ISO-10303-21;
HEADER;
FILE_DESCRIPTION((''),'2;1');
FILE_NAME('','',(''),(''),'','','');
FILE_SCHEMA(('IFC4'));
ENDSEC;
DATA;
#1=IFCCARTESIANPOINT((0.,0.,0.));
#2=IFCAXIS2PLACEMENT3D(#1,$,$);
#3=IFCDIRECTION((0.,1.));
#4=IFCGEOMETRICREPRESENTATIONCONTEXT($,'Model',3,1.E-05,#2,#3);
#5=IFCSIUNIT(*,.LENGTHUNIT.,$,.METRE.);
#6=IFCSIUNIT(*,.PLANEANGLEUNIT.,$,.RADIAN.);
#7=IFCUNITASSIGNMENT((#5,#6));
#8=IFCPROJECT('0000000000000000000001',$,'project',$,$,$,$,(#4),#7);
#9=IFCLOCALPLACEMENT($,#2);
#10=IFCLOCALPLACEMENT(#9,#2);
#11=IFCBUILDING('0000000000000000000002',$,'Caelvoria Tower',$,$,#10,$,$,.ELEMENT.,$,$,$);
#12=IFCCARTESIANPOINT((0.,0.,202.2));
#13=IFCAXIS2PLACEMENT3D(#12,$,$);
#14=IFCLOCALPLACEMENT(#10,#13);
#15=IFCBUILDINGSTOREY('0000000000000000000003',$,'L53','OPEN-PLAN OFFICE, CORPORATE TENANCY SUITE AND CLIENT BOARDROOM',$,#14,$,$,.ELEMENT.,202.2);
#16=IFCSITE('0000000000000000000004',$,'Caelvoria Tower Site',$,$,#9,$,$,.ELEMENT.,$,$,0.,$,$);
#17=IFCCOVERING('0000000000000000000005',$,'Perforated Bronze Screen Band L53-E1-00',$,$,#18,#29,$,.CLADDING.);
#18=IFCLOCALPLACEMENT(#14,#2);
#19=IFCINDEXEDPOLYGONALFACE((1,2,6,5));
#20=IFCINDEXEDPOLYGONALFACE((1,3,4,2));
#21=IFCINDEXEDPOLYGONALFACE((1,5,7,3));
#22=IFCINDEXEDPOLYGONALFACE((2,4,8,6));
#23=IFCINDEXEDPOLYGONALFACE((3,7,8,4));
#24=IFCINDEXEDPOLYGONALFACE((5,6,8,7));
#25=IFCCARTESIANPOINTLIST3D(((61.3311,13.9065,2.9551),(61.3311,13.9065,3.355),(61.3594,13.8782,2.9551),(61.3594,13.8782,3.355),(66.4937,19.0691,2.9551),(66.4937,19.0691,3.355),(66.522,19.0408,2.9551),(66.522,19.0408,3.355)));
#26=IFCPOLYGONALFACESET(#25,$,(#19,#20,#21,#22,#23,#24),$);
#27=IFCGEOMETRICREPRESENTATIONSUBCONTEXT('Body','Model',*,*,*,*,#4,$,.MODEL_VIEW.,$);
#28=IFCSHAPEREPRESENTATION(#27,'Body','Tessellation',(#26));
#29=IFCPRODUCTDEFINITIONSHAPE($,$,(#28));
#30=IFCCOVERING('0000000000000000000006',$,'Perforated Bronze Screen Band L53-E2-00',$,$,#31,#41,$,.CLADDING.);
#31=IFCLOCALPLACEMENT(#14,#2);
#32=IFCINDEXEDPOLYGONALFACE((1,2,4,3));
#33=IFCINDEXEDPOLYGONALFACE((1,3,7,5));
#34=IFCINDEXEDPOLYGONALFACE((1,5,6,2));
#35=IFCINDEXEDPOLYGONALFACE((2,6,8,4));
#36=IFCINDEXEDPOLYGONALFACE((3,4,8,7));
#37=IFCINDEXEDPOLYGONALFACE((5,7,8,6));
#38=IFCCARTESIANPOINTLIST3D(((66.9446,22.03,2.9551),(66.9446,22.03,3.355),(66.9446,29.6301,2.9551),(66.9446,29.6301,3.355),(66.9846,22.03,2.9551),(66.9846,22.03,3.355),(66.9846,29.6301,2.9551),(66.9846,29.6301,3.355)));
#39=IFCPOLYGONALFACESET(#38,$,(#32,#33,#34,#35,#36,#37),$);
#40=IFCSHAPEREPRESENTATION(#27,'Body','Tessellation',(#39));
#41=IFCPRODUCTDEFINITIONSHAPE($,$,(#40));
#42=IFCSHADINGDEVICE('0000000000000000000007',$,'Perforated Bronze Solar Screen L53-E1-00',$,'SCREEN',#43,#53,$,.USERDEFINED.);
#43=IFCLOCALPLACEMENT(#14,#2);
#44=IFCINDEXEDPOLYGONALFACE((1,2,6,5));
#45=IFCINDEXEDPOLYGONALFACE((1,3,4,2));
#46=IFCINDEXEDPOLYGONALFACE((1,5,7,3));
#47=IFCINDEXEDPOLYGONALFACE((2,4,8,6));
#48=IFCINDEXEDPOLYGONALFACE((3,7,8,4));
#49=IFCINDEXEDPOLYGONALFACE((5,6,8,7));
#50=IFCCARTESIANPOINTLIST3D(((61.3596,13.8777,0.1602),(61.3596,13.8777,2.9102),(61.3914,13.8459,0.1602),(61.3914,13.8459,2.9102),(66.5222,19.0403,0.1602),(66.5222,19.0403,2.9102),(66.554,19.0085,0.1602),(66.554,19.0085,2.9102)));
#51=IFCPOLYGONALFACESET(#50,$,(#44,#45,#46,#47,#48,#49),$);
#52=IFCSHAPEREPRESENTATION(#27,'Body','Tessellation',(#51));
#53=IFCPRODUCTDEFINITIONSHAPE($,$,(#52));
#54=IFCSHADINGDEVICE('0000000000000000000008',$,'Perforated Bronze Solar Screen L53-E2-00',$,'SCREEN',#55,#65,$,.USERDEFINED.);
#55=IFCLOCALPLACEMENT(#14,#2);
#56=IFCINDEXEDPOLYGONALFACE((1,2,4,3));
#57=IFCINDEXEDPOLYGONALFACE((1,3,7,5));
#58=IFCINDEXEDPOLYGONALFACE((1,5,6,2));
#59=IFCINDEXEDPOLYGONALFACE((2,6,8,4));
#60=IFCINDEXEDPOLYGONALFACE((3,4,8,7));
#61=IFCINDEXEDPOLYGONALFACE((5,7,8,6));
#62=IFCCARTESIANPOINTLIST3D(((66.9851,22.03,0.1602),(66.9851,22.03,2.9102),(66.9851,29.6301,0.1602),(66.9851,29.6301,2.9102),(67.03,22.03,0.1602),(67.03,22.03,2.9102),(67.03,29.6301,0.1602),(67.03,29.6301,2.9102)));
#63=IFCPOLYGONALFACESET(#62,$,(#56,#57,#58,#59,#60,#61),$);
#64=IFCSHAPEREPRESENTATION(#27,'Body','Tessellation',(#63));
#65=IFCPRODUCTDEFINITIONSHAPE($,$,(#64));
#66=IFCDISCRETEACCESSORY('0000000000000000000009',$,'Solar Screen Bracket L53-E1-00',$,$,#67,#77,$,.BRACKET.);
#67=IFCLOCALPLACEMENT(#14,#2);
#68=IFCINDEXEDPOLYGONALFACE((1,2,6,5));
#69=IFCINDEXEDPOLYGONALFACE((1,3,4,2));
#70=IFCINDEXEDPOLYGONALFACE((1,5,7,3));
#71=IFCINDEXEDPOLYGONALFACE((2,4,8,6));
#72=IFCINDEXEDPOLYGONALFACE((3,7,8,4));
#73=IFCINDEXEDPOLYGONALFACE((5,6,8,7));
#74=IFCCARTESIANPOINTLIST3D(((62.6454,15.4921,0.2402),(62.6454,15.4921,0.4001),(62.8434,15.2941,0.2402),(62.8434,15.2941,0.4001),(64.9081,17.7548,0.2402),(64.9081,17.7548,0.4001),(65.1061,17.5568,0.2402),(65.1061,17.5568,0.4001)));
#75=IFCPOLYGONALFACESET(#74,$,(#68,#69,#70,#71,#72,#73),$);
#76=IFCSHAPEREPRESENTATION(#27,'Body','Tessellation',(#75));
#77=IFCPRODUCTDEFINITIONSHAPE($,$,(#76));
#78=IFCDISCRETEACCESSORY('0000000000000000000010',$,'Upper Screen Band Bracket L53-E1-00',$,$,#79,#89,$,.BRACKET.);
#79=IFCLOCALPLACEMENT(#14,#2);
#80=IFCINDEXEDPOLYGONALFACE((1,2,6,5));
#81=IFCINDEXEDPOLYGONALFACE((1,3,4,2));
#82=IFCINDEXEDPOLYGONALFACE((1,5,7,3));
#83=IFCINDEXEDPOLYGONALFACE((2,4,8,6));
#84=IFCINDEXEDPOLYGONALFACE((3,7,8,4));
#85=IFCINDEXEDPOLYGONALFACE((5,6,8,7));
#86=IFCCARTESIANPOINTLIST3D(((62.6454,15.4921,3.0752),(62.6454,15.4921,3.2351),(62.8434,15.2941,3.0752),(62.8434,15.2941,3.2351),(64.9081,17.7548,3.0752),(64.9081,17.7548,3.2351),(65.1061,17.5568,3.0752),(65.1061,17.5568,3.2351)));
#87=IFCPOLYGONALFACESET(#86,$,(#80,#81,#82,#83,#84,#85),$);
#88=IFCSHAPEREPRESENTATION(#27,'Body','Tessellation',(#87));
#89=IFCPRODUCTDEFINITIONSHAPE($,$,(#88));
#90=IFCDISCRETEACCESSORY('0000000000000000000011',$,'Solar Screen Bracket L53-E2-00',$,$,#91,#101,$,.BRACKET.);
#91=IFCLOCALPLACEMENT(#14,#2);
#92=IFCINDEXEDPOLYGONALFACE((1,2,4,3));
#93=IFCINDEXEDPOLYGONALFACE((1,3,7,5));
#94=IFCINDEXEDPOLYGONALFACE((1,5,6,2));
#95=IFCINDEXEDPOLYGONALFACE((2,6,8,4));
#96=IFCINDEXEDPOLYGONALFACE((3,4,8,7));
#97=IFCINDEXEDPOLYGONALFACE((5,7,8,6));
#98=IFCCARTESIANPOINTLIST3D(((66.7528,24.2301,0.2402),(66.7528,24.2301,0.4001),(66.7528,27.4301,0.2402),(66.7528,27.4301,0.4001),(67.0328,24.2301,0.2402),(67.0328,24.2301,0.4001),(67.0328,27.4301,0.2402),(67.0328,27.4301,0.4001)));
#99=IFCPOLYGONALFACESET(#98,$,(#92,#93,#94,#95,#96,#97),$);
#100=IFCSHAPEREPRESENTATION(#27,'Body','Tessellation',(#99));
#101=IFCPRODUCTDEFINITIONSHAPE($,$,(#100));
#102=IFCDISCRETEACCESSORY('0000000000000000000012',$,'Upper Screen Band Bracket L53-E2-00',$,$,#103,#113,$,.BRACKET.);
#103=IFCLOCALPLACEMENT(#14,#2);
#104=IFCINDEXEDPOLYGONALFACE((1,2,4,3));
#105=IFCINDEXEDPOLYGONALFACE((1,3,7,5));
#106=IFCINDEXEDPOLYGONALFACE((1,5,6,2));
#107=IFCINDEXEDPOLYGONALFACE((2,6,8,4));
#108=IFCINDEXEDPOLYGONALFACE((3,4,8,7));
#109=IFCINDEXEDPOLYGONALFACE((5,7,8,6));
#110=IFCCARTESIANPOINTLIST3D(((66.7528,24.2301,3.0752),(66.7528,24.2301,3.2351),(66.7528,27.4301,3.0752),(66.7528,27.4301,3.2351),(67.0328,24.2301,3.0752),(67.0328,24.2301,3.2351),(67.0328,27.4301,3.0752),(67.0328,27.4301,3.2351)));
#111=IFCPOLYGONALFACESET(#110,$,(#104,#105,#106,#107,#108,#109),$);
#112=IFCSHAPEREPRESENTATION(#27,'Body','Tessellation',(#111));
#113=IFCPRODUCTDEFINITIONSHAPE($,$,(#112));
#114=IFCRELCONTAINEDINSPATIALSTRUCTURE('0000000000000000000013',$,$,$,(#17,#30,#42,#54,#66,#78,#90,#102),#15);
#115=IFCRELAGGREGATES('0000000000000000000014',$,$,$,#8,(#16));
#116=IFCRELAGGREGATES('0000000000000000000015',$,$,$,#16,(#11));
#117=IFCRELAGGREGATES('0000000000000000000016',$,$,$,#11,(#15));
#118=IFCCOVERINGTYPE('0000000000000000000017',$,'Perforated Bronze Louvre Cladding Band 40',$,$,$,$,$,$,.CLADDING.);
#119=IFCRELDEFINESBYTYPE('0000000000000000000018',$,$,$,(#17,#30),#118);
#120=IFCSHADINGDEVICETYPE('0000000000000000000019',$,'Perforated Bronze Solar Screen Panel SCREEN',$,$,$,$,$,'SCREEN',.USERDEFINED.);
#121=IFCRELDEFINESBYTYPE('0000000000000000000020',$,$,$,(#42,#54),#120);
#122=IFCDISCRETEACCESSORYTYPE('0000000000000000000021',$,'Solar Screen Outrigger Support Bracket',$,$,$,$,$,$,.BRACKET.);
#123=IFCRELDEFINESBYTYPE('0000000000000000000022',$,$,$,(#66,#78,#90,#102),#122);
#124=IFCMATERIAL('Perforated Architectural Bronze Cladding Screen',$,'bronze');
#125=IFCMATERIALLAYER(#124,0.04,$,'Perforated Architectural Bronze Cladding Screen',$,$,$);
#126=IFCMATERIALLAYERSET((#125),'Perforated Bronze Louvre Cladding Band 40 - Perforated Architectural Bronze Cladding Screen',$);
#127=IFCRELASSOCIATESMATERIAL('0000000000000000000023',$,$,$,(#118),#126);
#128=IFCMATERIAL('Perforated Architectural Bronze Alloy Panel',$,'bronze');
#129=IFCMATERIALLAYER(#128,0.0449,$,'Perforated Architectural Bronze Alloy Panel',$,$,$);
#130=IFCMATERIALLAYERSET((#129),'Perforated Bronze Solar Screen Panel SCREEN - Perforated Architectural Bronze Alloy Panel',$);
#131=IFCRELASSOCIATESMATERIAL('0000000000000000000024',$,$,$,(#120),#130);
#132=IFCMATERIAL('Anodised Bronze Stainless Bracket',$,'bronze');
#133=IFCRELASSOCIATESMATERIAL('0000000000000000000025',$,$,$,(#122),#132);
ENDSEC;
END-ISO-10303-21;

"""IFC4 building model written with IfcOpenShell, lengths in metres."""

from ifc_helpers import new_model, si_unit, direction, frame, origin, origin_2d, place, context, subcontext, project, spatial, rectangle, extrude, material, layer, layer_set, type_object, element, save


model = new_model("IFC4")

# Units and contexts
model_context = context("Model", 3, precision=1e-05, world=origin(), true_north=direction((0.0, 1.0)))
body_context = subcontext(model_context, "Body", "Model", "MODEL_VIEW")
ifc_project = project(units=[si_unit("LENGTHUNIT", "METRE"), si_unit("PLANEANGLEUNIT", "RADIAN")], contexts=[model_context])

# Site, building, storey
site_placement = place(None, origin())
site = spatial("IfcSite", under=ifc_project, at=site_placement, Name="Caelvoria Tower Site", CompositionType="ELEMENT", RefElevation=0.0)
building_placement = place(site_placement, origin())
building = spatial("IfcBuilding", under=site, at=building_placement, Name="Caelvoria Tower", CompositionType="ELEMENT")
storey_placement = place(building_placement, frame((0.0, 0.0, 202.2)))
storey = spatial("IfcBuildingStorey", under=building, at=storey_placement, Name="L53", Description="OPEN-PLAN OFFICE, CORPORATE TENANCY SUITE AND CLIENT BOARDROOM", CompositionType="ELEMENT", Elevation=202.2)

# Coverings
ifc_material_1 = material(Name="Perforated Architectural Bronze Cladding Screen", Category="bronze")
ifc_layer_1 = layer(ifc_material_1, 0.04, Name="Perforated Architectural Bronze Cladding Screen")
ifc_layer_set_1 = layer_set([ifc_layer_1], Name="Perforated Bronze Louvre Cladding Band 40 - Perforated Architectural Bronze Cladding Screen")
covering_type = type_object("IfcCoveringType", Name="Perforated Bronze Louvre Cladding Band 40", PredefinedType="CLADDING", material=ifc_layer_set_1)
covering_1_placement = place(storey_placement, frame((63.9265, 16.4736, 2.9551), z_axis=(0.0, 0.0, 1.0), x_axis=(0.707107, 0.707107, 0.0)))
element("IfcCovering", 1, at=covering_1_placement, inside=storey, type_object=covering_type, Name="Perforated Bronze Screen Band L53-E1-00", PredefinedType="CLADDING", context=body_context, shape_type="SweptSolid", body=[
    extrude(rectangle(XDim=7.301, YDim=0.04, at=origin_2d()), origin(), (0.0, 0.0, 1.0), 0.3999),
])
covering_2_placement = place(storey_placement, frame((66.9646, 25.8301, 2.9551), z_axis=(0.0, 0.0, 1.0), x_axis=(0.0, 1.0, 0.0)))
element("IfcCovering", 2, at=covering_2_placement, inside=storey, type_object=covering_type, Name="Perforated Bronze Screen Band L53-E2-00", PredefinedType="CLADDING", context=body_context, shape_type="SweptSolid", body=[
    extrude(rectangle(XDim=7.6001, YDim=0.04, at=origin_2d()), origin(), (0.0, 0.0, 1.0), 0.3999),
])

# Shading devices
ifc_material_2 = material(Name="Perforated Architectural Bronze Alloy Panel", Category="bronze")
ifc_layer_2 = layer(ifc_material_2, 0.0449, Name="Perforated Architectural Bronze Alloy Panel")
ifc_layer_set_2 = layer_set([ifc_layer_2], Name="Perforated Bronze Solar Screen Panel SCREEN - Perforated Architectural Bronze Alloy Panel")
shading_device_type = type_object("IfcShadingDeviceType", Name="Perforated Bronze Solar Screen Panel SCREEN", ElementType="SCREEN", PredefinedType="USERDEFINED", material=ifc_layer_set_2)
shading_device_1_placement = place(storey_placement, frame((63.9568, 16.4431, 0.1602), z_axis=(0.0, 0.0, 1.0), x_axis=(0.707107, 0.707107, 0.0)))
element("IfcShadingDevice", 3, at=shading_device_1_placement, inside=storey, type_object=shading_device_type, Name="Perforated Bronze Solar Screen L53-E1-00", ObjectType="SCREEN", PredefinedType="USERDEFINED", context=body_context, shape_type="SweptSolid", body=[
    extrude(rectangle(XDim=7.301, YDim=0.0449, at=origin_2d()), origin(), (0.0, 0.0, 1.0), 2.75),
])
shading_device_2_placement = place(storey_placement, frame((67.0076, 25.8301, 0.1602), z_axis=(0.0, 0.0, 1.0), x_axis=(0.0, 1.0, 0.0)))
element("IfcShadingDevice", 4, at=shading_device_2_placement, inside=storey, type_object=shading_device_type, Name="Perforated Bronze Solar Screen L53-E2-00", ObjectType="SCREEN", PredefinedType="USERDEFINED", context=body_context, shape_type="SweptSolid", body=[
    extrude(rectangle(XDim=7.6001, YDim=0.0449, at=origin_2d()), origin(), (0.0, 0.0, 1.0), 2.75),
])

# Discrete accessories
ifc_material_3 = material(Name="Anodised Bronze Stainless Bracket", Category="bronze")
discrete_accessory_type = type_object("IfcDiscreteAccessoryType", Name="Solar Screen Outrigger Support Bracket", PredefinedType="BRACKET", material=ifc_material_3)
for number, where, z_axis, x_axis, name in (
    (5, (63.8757, 16.5244, 0.2402), (0.0, 0.0, 1.0), (0.707107, 0.707107, 0.0), "Solar Screen Bracket L53-E1-00"),
    (6, (63.8757, 16.5244, 3.0752), (0.0, 0.0, 1.0), (0.707107, 0.707107, 0.0), "Upper Screen Band Bracket L53-E1-00"),
    (7, (66.8928, 25.8301, 0.2402), (0.0, 0.0, 1.0), (0.0, 1.0, 0.0), "Solar Screen Bracket L53-E2-00"),
    (8, (66.8928, 25.8301, 3.0752), (0.0, 0.0, 1.0), (0.0, 1.0, 0.0), "Upper Screen Band Bracket L53-E2-00"),
):
    element("IfcDiscreteAccessory", number, at=place(storey_placement, frame(where, z_axis=z_axis, x_axis=x_axis)), inside=storey, type_object=discrete_accessory_type, Name=name, PredefinedType="BRACKET", context=body_context, shape_type="SweptSolid", body=[
        extrude(rectangle(XDim=3.2, YDim=0.28, at=origin_2d()), origin(), (0.0, 0.0, 1.0), 0.1599),
    ])

save(model, "model.ifc")
